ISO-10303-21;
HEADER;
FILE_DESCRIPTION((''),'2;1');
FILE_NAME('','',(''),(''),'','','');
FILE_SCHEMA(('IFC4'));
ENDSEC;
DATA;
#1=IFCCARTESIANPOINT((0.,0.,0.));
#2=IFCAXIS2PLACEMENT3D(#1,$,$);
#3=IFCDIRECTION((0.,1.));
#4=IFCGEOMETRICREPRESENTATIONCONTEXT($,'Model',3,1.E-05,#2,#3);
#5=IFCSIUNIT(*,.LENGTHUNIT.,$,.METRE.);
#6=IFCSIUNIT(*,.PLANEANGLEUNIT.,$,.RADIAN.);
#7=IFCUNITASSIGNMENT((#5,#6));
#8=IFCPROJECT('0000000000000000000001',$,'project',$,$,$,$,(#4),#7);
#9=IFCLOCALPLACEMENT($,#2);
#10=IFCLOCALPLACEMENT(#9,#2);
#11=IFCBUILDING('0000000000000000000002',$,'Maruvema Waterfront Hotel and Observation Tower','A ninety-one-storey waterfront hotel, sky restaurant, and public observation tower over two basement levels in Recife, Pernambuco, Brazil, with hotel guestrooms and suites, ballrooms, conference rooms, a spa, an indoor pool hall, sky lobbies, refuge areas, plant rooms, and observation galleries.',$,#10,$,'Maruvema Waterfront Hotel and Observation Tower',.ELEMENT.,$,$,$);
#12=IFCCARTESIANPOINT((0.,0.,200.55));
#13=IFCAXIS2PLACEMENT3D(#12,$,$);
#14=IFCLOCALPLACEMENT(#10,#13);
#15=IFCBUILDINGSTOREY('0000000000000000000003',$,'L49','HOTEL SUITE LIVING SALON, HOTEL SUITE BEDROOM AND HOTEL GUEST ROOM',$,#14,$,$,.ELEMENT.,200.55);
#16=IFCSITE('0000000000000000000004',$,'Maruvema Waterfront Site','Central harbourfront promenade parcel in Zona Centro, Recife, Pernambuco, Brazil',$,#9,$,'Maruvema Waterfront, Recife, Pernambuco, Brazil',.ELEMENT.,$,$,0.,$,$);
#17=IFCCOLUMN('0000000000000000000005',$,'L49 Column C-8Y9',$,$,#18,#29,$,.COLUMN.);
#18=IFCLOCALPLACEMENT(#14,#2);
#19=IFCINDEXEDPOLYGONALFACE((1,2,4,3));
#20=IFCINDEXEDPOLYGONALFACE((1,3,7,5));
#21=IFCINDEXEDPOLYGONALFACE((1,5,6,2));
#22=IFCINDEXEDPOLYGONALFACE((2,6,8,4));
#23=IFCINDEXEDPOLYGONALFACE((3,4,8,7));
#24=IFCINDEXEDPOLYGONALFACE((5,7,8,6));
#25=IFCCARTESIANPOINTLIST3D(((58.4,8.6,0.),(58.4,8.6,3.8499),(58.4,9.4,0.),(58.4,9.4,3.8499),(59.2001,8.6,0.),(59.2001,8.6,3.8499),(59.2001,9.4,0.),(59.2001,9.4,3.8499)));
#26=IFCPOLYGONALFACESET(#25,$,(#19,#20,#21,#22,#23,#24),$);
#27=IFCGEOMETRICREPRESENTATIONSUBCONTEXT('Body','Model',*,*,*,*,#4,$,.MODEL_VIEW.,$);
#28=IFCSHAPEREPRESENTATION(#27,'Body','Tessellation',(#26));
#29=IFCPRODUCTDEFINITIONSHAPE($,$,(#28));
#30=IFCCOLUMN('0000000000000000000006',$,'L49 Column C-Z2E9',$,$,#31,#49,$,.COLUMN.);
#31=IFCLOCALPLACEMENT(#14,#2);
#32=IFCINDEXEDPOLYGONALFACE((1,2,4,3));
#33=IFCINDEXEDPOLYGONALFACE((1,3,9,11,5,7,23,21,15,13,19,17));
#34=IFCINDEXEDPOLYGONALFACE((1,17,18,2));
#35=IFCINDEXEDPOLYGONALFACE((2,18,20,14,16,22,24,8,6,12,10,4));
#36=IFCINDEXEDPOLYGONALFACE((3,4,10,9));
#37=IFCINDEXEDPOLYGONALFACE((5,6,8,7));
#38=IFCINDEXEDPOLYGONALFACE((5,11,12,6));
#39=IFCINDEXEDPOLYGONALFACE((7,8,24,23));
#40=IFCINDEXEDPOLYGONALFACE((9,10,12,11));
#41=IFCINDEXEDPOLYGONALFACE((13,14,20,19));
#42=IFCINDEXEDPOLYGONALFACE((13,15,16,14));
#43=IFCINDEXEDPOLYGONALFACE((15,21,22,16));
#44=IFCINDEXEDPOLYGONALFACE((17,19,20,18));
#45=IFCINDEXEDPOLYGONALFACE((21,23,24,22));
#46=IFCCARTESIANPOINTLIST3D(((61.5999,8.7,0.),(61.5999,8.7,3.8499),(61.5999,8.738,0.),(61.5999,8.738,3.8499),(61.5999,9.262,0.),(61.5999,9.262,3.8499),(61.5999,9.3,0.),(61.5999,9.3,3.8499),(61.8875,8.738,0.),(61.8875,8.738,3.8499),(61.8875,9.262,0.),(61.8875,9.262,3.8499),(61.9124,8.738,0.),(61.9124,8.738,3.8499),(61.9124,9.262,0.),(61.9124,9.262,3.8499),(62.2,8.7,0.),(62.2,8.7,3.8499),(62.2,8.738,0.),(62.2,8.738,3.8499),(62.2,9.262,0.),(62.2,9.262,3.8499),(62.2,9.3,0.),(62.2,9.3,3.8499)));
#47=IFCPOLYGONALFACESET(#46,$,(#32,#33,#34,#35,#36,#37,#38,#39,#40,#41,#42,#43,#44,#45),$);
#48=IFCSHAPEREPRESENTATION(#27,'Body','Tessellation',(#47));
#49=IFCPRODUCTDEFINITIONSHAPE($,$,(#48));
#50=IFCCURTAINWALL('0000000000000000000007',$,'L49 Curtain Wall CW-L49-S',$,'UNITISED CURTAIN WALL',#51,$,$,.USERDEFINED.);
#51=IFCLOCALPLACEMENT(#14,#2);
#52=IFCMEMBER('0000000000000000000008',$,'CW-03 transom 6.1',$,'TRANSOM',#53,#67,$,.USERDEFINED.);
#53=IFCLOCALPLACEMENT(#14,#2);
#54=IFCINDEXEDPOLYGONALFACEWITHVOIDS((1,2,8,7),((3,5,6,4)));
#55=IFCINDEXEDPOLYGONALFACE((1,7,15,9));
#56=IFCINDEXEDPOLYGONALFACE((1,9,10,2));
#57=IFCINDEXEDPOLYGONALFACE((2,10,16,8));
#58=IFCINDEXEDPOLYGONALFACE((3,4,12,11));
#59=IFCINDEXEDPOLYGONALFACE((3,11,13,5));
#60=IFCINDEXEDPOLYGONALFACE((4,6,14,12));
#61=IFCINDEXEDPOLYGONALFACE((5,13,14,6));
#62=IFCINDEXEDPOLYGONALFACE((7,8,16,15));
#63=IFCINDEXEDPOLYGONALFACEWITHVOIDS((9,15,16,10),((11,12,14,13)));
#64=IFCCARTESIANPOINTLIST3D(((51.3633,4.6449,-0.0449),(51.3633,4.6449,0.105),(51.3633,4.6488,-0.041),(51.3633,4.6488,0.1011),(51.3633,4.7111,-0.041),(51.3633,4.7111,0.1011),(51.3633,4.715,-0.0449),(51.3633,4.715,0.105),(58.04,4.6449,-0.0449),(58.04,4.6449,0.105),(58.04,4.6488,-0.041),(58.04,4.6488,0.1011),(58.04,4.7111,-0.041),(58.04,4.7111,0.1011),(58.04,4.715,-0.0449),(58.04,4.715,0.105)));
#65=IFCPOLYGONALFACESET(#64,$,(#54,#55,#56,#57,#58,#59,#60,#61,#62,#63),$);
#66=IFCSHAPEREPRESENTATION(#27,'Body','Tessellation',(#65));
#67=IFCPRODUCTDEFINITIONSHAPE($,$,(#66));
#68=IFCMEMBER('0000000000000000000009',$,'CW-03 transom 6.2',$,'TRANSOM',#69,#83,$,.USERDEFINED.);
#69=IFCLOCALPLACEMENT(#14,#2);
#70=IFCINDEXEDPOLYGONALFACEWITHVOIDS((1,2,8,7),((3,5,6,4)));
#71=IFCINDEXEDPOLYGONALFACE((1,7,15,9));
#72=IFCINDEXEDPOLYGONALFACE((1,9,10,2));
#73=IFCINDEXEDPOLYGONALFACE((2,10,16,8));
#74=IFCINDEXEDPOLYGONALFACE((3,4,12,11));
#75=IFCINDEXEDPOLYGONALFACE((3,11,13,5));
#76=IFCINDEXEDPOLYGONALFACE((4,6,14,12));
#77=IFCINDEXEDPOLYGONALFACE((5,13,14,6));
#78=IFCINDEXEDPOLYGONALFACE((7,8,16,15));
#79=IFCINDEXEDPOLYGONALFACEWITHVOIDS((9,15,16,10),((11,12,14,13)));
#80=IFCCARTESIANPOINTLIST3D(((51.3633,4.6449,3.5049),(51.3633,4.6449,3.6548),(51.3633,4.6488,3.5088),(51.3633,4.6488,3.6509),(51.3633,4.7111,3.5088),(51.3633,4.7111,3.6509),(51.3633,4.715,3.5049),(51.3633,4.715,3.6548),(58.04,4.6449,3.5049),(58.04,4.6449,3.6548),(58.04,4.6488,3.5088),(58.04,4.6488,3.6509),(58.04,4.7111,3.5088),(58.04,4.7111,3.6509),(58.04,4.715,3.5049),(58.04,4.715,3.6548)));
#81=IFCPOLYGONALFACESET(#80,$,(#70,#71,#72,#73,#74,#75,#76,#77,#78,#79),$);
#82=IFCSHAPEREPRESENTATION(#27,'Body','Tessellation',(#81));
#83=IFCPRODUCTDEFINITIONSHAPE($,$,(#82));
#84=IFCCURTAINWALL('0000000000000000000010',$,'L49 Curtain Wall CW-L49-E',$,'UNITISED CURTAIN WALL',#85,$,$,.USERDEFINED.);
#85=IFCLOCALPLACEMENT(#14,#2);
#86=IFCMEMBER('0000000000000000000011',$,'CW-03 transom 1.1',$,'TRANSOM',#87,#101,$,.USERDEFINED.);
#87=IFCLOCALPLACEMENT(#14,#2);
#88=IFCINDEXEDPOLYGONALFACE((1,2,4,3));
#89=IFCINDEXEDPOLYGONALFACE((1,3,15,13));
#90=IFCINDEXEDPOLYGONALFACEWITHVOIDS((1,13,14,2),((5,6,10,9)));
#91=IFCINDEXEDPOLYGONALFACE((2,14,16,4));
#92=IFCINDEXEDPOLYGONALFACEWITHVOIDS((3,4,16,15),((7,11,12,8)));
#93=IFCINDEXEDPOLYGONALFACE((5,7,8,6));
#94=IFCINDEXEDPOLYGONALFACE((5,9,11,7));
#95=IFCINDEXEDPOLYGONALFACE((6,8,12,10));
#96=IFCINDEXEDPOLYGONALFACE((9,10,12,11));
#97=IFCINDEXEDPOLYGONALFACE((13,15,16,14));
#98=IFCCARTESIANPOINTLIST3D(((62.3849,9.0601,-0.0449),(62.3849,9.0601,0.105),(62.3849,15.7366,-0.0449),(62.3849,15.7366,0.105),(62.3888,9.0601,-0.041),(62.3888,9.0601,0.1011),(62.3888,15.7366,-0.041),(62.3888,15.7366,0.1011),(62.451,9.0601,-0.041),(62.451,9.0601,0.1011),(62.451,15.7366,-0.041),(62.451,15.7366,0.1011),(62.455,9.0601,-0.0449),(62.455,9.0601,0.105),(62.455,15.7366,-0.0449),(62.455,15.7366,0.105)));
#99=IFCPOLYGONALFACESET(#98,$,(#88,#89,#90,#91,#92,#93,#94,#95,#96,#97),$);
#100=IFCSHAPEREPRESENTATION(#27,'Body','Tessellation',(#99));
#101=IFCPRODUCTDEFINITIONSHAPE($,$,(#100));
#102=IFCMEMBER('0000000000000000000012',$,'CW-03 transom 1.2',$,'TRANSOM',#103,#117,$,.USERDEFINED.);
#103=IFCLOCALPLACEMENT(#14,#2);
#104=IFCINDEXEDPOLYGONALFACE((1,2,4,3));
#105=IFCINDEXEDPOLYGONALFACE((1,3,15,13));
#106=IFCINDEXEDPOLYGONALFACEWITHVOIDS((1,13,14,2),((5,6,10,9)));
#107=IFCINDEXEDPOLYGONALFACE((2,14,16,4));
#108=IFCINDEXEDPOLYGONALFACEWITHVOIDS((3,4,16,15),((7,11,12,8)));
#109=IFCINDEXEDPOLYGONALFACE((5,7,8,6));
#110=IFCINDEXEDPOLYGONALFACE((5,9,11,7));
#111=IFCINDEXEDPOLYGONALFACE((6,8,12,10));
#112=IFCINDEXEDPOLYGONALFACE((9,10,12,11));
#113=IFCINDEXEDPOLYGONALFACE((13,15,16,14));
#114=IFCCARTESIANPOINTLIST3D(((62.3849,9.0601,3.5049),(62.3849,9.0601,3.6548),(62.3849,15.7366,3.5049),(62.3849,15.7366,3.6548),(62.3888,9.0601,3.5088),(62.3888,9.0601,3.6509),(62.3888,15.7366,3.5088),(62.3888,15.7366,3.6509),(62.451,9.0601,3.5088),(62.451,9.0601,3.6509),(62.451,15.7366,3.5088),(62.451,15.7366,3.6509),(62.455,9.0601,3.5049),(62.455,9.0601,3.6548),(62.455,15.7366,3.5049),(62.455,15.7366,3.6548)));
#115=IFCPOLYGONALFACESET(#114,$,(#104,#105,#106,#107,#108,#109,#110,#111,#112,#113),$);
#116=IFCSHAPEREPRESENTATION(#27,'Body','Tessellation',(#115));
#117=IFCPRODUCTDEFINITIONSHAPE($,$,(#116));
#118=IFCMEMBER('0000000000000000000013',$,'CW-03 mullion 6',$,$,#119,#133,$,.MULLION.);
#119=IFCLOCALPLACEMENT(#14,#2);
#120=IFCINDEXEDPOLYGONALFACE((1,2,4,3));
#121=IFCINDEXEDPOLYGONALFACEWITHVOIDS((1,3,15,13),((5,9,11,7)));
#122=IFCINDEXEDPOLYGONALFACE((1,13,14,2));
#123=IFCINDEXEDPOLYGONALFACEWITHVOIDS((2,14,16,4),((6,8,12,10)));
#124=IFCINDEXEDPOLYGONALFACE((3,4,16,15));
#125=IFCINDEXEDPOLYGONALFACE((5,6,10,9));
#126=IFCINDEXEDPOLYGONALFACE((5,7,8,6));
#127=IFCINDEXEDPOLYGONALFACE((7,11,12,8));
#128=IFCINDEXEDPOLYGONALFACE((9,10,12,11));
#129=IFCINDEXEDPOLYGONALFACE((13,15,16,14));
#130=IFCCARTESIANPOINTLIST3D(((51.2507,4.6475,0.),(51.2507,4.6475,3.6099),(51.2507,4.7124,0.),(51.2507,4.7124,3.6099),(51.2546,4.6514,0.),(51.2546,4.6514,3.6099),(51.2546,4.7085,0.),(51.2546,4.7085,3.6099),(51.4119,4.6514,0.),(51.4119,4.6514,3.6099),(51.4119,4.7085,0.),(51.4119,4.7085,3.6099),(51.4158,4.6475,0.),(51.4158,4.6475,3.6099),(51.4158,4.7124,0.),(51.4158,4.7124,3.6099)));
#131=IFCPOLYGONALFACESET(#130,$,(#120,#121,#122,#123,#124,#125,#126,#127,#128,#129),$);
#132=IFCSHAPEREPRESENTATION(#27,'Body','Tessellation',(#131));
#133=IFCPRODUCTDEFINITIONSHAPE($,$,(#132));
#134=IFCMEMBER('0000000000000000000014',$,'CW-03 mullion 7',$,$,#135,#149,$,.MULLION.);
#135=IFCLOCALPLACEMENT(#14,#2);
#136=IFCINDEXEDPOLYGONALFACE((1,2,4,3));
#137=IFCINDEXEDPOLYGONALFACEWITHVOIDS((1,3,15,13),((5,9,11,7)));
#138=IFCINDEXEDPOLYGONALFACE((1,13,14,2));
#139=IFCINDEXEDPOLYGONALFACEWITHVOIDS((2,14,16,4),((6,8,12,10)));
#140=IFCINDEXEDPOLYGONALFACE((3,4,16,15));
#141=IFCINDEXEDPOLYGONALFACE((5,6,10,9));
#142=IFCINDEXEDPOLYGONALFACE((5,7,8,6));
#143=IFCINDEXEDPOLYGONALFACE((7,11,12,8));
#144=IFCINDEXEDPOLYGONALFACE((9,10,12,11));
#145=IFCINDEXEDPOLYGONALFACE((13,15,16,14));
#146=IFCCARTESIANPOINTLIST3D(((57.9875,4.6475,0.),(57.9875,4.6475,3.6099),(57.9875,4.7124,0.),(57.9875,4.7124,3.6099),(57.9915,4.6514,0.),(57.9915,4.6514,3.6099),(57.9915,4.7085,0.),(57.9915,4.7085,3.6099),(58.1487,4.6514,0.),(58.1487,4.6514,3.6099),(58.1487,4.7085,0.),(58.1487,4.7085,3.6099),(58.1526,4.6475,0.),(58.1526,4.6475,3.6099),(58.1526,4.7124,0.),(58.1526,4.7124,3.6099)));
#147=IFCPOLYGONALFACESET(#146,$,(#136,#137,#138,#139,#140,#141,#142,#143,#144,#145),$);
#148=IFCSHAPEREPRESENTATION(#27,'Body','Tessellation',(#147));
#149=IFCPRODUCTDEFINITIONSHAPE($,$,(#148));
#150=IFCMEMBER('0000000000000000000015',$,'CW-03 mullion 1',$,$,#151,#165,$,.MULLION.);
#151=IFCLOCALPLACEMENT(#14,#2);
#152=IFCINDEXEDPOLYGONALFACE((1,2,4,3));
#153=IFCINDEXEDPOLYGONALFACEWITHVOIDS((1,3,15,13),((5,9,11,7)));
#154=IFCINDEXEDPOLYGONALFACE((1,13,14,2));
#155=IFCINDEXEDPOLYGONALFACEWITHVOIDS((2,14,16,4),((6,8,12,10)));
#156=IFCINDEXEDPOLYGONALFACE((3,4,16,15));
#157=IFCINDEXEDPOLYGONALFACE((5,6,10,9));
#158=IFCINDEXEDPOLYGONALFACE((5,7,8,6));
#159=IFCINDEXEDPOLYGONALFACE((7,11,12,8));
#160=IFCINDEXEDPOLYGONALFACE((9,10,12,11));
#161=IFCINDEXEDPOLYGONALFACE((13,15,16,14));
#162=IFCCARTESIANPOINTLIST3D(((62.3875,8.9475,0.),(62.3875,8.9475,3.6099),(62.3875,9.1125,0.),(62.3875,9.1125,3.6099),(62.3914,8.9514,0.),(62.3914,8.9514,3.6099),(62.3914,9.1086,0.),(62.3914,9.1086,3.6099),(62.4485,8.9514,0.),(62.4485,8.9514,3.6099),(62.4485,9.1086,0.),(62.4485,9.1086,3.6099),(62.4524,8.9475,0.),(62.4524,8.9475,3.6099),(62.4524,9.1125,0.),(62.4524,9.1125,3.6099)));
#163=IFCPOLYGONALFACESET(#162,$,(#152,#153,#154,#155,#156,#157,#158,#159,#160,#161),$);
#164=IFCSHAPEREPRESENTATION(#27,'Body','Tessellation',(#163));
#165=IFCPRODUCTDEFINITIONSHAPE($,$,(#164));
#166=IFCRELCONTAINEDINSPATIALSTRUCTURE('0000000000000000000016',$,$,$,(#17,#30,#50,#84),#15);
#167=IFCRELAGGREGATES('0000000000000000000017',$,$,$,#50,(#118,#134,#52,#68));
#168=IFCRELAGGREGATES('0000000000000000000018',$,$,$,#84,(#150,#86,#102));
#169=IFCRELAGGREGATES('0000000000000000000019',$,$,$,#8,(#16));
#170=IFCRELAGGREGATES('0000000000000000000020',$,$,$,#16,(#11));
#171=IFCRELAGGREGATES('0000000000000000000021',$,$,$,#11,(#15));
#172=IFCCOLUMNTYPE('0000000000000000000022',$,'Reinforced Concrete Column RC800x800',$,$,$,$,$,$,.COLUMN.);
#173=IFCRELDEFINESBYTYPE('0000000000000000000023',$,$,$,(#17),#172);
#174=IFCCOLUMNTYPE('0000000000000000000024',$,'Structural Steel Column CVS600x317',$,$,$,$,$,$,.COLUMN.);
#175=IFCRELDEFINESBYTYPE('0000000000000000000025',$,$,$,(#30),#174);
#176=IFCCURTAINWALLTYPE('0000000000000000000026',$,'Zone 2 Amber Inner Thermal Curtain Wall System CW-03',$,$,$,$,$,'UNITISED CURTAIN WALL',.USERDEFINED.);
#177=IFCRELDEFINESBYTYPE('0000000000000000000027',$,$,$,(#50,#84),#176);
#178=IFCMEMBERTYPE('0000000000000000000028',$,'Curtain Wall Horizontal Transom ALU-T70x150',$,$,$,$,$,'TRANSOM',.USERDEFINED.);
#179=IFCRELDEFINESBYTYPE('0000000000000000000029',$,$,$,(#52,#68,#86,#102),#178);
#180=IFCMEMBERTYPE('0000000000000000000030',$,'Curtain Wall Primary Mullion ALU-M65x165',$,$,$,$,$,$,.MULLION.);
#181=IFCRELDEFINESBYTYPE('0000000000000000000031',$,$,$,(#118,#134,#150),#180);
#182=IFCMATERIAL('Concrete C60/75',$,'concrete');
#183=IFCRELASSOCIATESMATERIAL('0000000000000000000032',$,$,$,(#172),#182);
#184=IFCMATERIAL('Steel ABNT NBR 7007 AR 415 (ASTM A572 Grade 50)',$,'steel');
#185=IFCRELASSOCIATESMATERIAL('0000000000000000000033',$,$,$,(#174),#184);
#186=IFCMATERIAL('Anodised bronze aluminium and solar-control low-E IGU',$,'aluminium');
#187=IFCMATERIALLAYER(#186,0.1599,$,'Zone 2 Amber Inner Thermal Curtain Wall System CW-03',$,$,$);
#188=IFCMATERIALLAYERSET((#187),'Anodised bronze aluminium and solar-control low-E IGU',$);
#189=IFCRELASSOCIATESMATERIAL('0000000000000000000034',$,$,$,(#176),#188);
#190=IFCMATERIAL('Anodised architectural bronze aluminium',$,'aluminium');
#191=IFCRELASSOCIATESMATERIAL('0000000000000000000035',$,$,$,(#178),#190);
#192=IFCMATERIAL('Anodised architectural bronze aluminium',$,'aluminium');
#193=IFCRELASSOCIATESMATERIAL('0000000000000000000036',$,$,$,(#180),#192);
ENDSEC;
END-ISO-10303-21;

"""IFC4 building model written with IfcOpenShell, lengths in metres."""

from ifc_helpers import new_model, si_unit, direction, frame, origin, origin_2d, place, context, subcontext, project, spatial, rectangle, hollow_rectangle, i_section, extrude, material, layer, layer_set, material_profile, profile_set, type_object, element, aggregate, save


model = new_model("IFC4")

# Units and contexts
model_context = context("Model", 3, precision=1e-05, world=origin(), true_north=direction((0.0, 1.0)))
body_context = subcontext(model_context, "Body", "Model", "MODEL_VIEW")
ifc_project = project(units=[si_unit("LENGTHUNIT", "METRE"), si_unit("PLANEANGLEUNIT", "RADIAN")], contexts=[model_context])

# Site, building, storey
site_placement = place(None, origin())
site = spatial("IfcSite", under=ifc_project, at=site_placement, Name="Maruvema Waterfront Site", Description="Central harbourfront promenade parcel in Zona Centro, Recife, Pernambuco, Brazil", LongName="Maruvema Waterfront, Recife, Pernambuco, Brazil", CompositionType="ELEMENT", RefElevation=0.0)
building_placement = place(site_placement, origin())
building = spatial("IfcBuilding", under=site, at=building_placement, Name="Maruvema Waterfront Hotel and Observation Tower", Description="A ninety-one-storey waterfront hotel, sky restaurant, and public observation tower over two basement levels in Recife, Pernambuco, Brazil, with hotel guestrooms and suites, ballrooms, conference rooms, a spa, an indoor pool hall, sky lobbies, refuge areas, plant rooms, and observation galleries.", LongName="Maruvema Waterfront Hotel and Observation Tower", CompositionType="ELEMENT")
storey_placement = place(building_placement, frame((0.0, 0.0, 200.55)))
storey = spatial("IfcBuildingStorey", under=building, at=storey_placement, Name="L49", Description="HOTEL SUITE LIVING SALON, HOTEL SUITE BEDROOM AND HOTEL GUEST ROOM", CompositionType="ELEMENT", Elevation=200.55)

# Columns
ifc_material_1 = material(Name="Concrete C60/75", Category="concrete")
ifc_material_profile_1 = material_profile(ifc_material_1, rectangle(XDim=0.8, YDim=0.8, at=origin_2d()), Name="RC800x800")
ifc_profile_set_1 = profile_set([ifc_material_profile_1], Name="Concrete C60/75")
column_type_1 = type_object("IfcColumnType", Name="Reinforced Concrete Column RC800x800", PredefinedType="COLUMN", material=ifc_profile_set_1)
column_1_placement = place(storey_placement, frame((58.8, 9.0, 0.0), z_axis=(0.0, 0.0, 1.0), x_axis=(1.0, 0.0, 0.0)))
element("IfcColumn", 1, at=column_1_placement, inside=storey, type_object=column_type_1, Name="L49 Column C-8Y9", PredefinedType="COLUMN", context=body_context, shape_type="SweptSolid", body=[
    extrude(rectangle(XDim=0.8, YDim=0.8, at=origin_2d()), origin(), (0.0, 0.0, 1.0), 3.8499),
])
ifc_material_2 = material(Name="Steel ABNT NBR 7007 AR 415 (ASTM A572 Grade 50)", Category="steel")
ifc_material_profile_2 = material_profile(ifc_material_2, i_section(OverallWidth=0.6001, OverallDepth=0.6001, WebThickness=0.0249, FlangeThickness=0.0381, at=origin_2d()), Name="CVS600x317")
ifc_profile_set_2 = profile_set([ifc_material_profile_2], Name="Steel ABNT NBR 7007 AR 415 (ASTM A572 Grade 50)")
column_type_2 = type_object("IfcColumnType", Name="Structural Steel Column CVS600x317", PredefinedType="COLUMN", material=ifc_profile_set_2)
column_2_placement = place(storey_placement, frame((61.8999, 9.0, 0.0), z_axis=(0.0, 0.0, 1.0), x_axis=(1.0, 0.0, 0.0)))
element("IfcColumn", 2, at=column_2_placement, inside=storey, type_object=column_type_2, Name="L49 Column C-Z2E9", PredefinedType="COLUMN", context=body_context, shape_type="SweptSolid", body=[
    extrude(i_section(OverallWidth=0.6001, OverallDepth=0.6001, WebThickness=0.0249, FlangeThickness=0.0381, at=origin_2d()), origin(), (0.0, 0.0, 1.0), 3.8499),
])

# Curtain walls, members
ifc_material_3 = material(Name="Anodised bronze aluminium and solar-control low-E IGU", Category="aluminium")
ifc_layer_1 = layer(ifc_material_3, 0.1599, Name="Zone 2 Amber Inner Thermal Curtain Wall System CW-03")
ifc_layer_set_1 = layer_set([ifc_layer_1], Name="Anodised bronze aluminium and solar-control low-E IGU")
curtain_wall_type = type_object("IfcCurtainWallType", Name="Zone 2 Amber Inner Thermal Curtain Wall System CW-03", ElementType="UNITISED CURTAIN WALL", PredefinedType="USERDEFINED", material=ifc_layer_set_1)
curtain_wall_1_placement = place(storey_placement, origin())
curtain_wall_1 = element("IfcCurtainWall", 3, at=curtain_wall_1_placement, inside=storey, type_object=curtain_wall_type, Name="L49 Curtain Wall CW-L49-S", ObjectType="UNITISED CURTAIN WALL", PredefinedType="USERDEFINED")
ifc_material_4 = material(Name="Anodised architectural bronze aluminium", Category="aluminium")
ifc_material_profile_3 = material_profile(ifc_material_4, hollow_rectangle(XDim=0.0701, YDim=0.1499, WallThickness=0.0039, at=origin_2d()), Name="ALU-T70x150")
ifc_profile_set_3 = profile_set([ifc_material_profile_3], Name="Anodised architectural bronze aluminium")
member_type_1 = type_object("IfcMemberType", Name="Curtain Wall Horizontal Transom ALU-T70x150", ElementType="TRANSOM", PredefinedType="USERDEFINED", material=ifc_profile_set_3)
member_1_placement = place(storey_placement, frame((51.3633, 4.6799, 0.03), z_axis=(1.0, 0.0, 0.0), x_axis=(0.0, 1.0, 0.0)))
member_1 = element("IfcMember", 4, at=member_1_placement, type_object=member_type_1, Name="CW-03 transom 6.1", ObjectType="TRANSOM", PredefinedType="USERDEFINED", context=body_context, shape_type="SweptSolid", body=[
    extrude(hollow_rectangle(XDim=0.0701, YDim=0.1499, WallThickness=0.0039, at=origin_2d()), origin(), (0.0, 0.0, 1.0), 6.6768),
])
member_2_placement = place(storey_placement, frame((51.3633, 4.6799, 3.5798), z_axis=(1.0, 0.0, 0.0), x_axis=(0.0, 1.0, 0.0)))
member_2 = element("IfcMember", 5, at=member_2_placement, type_object=member_type_1, Name="CW-03 transom 6.2", ObjectType="TRANSOM", PredefinedType="USERDEFINED", context=body_context, shape_type="SweptSolid", body=[
    extrude(hollow_rectangle(XDim=0.0701, YDim=0.1499, WallThickness=0.0039, at=origin_2d()), origin(), (0.0, 0.0, 1.0), 6.6768),
])
curtain_wall_2_placement = place(storey_placement, origin())
curtain_wall_2 = element("IfcCurtainWall", 6, at=curtain_wall_2_placement, inside=storey, type_object=curtain_wall_type, Name="L49 Curtain Wall CW-L49-E", ObjectType="UNITISED CURTAIN WALL", PredefinedType="USERDEFINED")
member_3_placement = place(storey_placement, frame((62.4199, 9.0601, 0.03), z_axis=(0.0, 1.0, 0.0), x_axis=(-1.0, 0.0, 0.0)))
member_3 = element("IfcMember", 7, at=member_3_placement, type_object=member_type_1, Name="CW-03 transom 1.1", ObjectType="TRANSOM", PredefinedType="USERDEFINED", context=body_context, shape_type="SweptSolid", body=[
    extrude(hollow_rectangle(XDim=0.0701, YDim=0.1499, WallThickness=0.0039, at=origin_2d()), origin(), (0.0, 0.0, 1.0), 6.6765),
])
member_4_placement = place(storey_placement, frame((62.4199, 9.0601, 3.5798), z_axis=(0.0, 1.0, 0.0), x_axis=(-1.0, 0.0, 0.0)))
member_4 = element("IfcMember", 8, at=member_4_placement, type_object=member_type_1, Name="CW-03 transom 1.2", ObjectType="TRANSOM", PredefinedType="USERDEFINED", context=body_context, shape_type="SweptSolid", body=[
    extrude(hollow_rectangle(XDim=0.0701, YDim=0.1499, WallThickness=0.0039, at=origin_2d()), origin(), (0.0, 0.0, 1.0), 6.6765),
])

# Members
ifc_material_5 = material(Name="Anodised architectural bronze aluminium", Category="aluminium")
ifc_material_profile_4 = material_profile(ifc_material_5, hollow_rectangle(XDim=0.0649, YDim=0.165, WallThickness=0.0039, at=origin_2d()), Name="ALU-M65x165")
ifc_profile_set_4 = profile_set([ifc_material_profile_4], Name="Anodised architectural bronze aluminium")
member_type_2 = type_object("IfcMemberType", Name="Curtain Wall Primary Mullion ALU-M65x165", PredefinedType="MULLION", material=ifc_profile_set_4)
member_5_placement = place(storey_placement, frame((51.3333, 4.6799, 0.0), z_axis=(0.0, 0.0, 1.0), x_axis=(0.0, 1.0, 0.0)))
member_5 = element("IfcMember", 9, at=member_5_placement, type_object=member_type_2, Name="CW-03 mullion 6", PredefinedType="MULLION", context=body_context, shape_type="SweptSolid", body=[
    extrude(hollow_rectangle(XDim=0.0649, YDim=0.165, WallThickness=0.0039, at=origin_2d()), origin(), (0.0, 0.0, 1.0), 3.6099),
])
member_6_placement = place(storey_placement, frame((58.0701, 4.6799, 0.0), z_axis=(0.0, 0.0, 1.0), x_axis=(0.0, 1.0, 0.0)))
member_6 = element("IfcMember", 10, at=member_6_placement, type_object=member_type_2, Name="CW-03 mullion 7", PredefinedType="MULLION", context=body_context, shape_type="SweptSolid", body=[
    extrude(hollow_rectangle(XDim=0.0649, YDim=0.165, WallThickness=0.0039, at=origin_2d()), origin(), (0.0, 0.0, 1.0), 3.6099),
])
member_7_placement = place(storey_placement, frame((62.4199, 9.03, 0.0), z_axis=(0.0, 0.0, 1.0), x_axis=(-1.0, 0.0, 0.0)))
member_7 = element("IfcMember", 11, at=member_7_placement, type_object=member_type_2, Name="CW-03 mullion 1", PredefinedType="MULLION", context=body_context, shape_type="SweptSolid", body=[
    extrude(hollow_rectangle(XDim=0.0649, YDim=0.165, WallThickness=0.0039, at=origin_2d()), origin(), (0.0, 0.0, 1.0), 3.6099),
])

aggregate(curtain_wall_1, [member_5, member_6, member_1, member_2])
aggregate(curtain_wall_2, [member_7, member_3, member_4])

save(model, "model.ifc")
